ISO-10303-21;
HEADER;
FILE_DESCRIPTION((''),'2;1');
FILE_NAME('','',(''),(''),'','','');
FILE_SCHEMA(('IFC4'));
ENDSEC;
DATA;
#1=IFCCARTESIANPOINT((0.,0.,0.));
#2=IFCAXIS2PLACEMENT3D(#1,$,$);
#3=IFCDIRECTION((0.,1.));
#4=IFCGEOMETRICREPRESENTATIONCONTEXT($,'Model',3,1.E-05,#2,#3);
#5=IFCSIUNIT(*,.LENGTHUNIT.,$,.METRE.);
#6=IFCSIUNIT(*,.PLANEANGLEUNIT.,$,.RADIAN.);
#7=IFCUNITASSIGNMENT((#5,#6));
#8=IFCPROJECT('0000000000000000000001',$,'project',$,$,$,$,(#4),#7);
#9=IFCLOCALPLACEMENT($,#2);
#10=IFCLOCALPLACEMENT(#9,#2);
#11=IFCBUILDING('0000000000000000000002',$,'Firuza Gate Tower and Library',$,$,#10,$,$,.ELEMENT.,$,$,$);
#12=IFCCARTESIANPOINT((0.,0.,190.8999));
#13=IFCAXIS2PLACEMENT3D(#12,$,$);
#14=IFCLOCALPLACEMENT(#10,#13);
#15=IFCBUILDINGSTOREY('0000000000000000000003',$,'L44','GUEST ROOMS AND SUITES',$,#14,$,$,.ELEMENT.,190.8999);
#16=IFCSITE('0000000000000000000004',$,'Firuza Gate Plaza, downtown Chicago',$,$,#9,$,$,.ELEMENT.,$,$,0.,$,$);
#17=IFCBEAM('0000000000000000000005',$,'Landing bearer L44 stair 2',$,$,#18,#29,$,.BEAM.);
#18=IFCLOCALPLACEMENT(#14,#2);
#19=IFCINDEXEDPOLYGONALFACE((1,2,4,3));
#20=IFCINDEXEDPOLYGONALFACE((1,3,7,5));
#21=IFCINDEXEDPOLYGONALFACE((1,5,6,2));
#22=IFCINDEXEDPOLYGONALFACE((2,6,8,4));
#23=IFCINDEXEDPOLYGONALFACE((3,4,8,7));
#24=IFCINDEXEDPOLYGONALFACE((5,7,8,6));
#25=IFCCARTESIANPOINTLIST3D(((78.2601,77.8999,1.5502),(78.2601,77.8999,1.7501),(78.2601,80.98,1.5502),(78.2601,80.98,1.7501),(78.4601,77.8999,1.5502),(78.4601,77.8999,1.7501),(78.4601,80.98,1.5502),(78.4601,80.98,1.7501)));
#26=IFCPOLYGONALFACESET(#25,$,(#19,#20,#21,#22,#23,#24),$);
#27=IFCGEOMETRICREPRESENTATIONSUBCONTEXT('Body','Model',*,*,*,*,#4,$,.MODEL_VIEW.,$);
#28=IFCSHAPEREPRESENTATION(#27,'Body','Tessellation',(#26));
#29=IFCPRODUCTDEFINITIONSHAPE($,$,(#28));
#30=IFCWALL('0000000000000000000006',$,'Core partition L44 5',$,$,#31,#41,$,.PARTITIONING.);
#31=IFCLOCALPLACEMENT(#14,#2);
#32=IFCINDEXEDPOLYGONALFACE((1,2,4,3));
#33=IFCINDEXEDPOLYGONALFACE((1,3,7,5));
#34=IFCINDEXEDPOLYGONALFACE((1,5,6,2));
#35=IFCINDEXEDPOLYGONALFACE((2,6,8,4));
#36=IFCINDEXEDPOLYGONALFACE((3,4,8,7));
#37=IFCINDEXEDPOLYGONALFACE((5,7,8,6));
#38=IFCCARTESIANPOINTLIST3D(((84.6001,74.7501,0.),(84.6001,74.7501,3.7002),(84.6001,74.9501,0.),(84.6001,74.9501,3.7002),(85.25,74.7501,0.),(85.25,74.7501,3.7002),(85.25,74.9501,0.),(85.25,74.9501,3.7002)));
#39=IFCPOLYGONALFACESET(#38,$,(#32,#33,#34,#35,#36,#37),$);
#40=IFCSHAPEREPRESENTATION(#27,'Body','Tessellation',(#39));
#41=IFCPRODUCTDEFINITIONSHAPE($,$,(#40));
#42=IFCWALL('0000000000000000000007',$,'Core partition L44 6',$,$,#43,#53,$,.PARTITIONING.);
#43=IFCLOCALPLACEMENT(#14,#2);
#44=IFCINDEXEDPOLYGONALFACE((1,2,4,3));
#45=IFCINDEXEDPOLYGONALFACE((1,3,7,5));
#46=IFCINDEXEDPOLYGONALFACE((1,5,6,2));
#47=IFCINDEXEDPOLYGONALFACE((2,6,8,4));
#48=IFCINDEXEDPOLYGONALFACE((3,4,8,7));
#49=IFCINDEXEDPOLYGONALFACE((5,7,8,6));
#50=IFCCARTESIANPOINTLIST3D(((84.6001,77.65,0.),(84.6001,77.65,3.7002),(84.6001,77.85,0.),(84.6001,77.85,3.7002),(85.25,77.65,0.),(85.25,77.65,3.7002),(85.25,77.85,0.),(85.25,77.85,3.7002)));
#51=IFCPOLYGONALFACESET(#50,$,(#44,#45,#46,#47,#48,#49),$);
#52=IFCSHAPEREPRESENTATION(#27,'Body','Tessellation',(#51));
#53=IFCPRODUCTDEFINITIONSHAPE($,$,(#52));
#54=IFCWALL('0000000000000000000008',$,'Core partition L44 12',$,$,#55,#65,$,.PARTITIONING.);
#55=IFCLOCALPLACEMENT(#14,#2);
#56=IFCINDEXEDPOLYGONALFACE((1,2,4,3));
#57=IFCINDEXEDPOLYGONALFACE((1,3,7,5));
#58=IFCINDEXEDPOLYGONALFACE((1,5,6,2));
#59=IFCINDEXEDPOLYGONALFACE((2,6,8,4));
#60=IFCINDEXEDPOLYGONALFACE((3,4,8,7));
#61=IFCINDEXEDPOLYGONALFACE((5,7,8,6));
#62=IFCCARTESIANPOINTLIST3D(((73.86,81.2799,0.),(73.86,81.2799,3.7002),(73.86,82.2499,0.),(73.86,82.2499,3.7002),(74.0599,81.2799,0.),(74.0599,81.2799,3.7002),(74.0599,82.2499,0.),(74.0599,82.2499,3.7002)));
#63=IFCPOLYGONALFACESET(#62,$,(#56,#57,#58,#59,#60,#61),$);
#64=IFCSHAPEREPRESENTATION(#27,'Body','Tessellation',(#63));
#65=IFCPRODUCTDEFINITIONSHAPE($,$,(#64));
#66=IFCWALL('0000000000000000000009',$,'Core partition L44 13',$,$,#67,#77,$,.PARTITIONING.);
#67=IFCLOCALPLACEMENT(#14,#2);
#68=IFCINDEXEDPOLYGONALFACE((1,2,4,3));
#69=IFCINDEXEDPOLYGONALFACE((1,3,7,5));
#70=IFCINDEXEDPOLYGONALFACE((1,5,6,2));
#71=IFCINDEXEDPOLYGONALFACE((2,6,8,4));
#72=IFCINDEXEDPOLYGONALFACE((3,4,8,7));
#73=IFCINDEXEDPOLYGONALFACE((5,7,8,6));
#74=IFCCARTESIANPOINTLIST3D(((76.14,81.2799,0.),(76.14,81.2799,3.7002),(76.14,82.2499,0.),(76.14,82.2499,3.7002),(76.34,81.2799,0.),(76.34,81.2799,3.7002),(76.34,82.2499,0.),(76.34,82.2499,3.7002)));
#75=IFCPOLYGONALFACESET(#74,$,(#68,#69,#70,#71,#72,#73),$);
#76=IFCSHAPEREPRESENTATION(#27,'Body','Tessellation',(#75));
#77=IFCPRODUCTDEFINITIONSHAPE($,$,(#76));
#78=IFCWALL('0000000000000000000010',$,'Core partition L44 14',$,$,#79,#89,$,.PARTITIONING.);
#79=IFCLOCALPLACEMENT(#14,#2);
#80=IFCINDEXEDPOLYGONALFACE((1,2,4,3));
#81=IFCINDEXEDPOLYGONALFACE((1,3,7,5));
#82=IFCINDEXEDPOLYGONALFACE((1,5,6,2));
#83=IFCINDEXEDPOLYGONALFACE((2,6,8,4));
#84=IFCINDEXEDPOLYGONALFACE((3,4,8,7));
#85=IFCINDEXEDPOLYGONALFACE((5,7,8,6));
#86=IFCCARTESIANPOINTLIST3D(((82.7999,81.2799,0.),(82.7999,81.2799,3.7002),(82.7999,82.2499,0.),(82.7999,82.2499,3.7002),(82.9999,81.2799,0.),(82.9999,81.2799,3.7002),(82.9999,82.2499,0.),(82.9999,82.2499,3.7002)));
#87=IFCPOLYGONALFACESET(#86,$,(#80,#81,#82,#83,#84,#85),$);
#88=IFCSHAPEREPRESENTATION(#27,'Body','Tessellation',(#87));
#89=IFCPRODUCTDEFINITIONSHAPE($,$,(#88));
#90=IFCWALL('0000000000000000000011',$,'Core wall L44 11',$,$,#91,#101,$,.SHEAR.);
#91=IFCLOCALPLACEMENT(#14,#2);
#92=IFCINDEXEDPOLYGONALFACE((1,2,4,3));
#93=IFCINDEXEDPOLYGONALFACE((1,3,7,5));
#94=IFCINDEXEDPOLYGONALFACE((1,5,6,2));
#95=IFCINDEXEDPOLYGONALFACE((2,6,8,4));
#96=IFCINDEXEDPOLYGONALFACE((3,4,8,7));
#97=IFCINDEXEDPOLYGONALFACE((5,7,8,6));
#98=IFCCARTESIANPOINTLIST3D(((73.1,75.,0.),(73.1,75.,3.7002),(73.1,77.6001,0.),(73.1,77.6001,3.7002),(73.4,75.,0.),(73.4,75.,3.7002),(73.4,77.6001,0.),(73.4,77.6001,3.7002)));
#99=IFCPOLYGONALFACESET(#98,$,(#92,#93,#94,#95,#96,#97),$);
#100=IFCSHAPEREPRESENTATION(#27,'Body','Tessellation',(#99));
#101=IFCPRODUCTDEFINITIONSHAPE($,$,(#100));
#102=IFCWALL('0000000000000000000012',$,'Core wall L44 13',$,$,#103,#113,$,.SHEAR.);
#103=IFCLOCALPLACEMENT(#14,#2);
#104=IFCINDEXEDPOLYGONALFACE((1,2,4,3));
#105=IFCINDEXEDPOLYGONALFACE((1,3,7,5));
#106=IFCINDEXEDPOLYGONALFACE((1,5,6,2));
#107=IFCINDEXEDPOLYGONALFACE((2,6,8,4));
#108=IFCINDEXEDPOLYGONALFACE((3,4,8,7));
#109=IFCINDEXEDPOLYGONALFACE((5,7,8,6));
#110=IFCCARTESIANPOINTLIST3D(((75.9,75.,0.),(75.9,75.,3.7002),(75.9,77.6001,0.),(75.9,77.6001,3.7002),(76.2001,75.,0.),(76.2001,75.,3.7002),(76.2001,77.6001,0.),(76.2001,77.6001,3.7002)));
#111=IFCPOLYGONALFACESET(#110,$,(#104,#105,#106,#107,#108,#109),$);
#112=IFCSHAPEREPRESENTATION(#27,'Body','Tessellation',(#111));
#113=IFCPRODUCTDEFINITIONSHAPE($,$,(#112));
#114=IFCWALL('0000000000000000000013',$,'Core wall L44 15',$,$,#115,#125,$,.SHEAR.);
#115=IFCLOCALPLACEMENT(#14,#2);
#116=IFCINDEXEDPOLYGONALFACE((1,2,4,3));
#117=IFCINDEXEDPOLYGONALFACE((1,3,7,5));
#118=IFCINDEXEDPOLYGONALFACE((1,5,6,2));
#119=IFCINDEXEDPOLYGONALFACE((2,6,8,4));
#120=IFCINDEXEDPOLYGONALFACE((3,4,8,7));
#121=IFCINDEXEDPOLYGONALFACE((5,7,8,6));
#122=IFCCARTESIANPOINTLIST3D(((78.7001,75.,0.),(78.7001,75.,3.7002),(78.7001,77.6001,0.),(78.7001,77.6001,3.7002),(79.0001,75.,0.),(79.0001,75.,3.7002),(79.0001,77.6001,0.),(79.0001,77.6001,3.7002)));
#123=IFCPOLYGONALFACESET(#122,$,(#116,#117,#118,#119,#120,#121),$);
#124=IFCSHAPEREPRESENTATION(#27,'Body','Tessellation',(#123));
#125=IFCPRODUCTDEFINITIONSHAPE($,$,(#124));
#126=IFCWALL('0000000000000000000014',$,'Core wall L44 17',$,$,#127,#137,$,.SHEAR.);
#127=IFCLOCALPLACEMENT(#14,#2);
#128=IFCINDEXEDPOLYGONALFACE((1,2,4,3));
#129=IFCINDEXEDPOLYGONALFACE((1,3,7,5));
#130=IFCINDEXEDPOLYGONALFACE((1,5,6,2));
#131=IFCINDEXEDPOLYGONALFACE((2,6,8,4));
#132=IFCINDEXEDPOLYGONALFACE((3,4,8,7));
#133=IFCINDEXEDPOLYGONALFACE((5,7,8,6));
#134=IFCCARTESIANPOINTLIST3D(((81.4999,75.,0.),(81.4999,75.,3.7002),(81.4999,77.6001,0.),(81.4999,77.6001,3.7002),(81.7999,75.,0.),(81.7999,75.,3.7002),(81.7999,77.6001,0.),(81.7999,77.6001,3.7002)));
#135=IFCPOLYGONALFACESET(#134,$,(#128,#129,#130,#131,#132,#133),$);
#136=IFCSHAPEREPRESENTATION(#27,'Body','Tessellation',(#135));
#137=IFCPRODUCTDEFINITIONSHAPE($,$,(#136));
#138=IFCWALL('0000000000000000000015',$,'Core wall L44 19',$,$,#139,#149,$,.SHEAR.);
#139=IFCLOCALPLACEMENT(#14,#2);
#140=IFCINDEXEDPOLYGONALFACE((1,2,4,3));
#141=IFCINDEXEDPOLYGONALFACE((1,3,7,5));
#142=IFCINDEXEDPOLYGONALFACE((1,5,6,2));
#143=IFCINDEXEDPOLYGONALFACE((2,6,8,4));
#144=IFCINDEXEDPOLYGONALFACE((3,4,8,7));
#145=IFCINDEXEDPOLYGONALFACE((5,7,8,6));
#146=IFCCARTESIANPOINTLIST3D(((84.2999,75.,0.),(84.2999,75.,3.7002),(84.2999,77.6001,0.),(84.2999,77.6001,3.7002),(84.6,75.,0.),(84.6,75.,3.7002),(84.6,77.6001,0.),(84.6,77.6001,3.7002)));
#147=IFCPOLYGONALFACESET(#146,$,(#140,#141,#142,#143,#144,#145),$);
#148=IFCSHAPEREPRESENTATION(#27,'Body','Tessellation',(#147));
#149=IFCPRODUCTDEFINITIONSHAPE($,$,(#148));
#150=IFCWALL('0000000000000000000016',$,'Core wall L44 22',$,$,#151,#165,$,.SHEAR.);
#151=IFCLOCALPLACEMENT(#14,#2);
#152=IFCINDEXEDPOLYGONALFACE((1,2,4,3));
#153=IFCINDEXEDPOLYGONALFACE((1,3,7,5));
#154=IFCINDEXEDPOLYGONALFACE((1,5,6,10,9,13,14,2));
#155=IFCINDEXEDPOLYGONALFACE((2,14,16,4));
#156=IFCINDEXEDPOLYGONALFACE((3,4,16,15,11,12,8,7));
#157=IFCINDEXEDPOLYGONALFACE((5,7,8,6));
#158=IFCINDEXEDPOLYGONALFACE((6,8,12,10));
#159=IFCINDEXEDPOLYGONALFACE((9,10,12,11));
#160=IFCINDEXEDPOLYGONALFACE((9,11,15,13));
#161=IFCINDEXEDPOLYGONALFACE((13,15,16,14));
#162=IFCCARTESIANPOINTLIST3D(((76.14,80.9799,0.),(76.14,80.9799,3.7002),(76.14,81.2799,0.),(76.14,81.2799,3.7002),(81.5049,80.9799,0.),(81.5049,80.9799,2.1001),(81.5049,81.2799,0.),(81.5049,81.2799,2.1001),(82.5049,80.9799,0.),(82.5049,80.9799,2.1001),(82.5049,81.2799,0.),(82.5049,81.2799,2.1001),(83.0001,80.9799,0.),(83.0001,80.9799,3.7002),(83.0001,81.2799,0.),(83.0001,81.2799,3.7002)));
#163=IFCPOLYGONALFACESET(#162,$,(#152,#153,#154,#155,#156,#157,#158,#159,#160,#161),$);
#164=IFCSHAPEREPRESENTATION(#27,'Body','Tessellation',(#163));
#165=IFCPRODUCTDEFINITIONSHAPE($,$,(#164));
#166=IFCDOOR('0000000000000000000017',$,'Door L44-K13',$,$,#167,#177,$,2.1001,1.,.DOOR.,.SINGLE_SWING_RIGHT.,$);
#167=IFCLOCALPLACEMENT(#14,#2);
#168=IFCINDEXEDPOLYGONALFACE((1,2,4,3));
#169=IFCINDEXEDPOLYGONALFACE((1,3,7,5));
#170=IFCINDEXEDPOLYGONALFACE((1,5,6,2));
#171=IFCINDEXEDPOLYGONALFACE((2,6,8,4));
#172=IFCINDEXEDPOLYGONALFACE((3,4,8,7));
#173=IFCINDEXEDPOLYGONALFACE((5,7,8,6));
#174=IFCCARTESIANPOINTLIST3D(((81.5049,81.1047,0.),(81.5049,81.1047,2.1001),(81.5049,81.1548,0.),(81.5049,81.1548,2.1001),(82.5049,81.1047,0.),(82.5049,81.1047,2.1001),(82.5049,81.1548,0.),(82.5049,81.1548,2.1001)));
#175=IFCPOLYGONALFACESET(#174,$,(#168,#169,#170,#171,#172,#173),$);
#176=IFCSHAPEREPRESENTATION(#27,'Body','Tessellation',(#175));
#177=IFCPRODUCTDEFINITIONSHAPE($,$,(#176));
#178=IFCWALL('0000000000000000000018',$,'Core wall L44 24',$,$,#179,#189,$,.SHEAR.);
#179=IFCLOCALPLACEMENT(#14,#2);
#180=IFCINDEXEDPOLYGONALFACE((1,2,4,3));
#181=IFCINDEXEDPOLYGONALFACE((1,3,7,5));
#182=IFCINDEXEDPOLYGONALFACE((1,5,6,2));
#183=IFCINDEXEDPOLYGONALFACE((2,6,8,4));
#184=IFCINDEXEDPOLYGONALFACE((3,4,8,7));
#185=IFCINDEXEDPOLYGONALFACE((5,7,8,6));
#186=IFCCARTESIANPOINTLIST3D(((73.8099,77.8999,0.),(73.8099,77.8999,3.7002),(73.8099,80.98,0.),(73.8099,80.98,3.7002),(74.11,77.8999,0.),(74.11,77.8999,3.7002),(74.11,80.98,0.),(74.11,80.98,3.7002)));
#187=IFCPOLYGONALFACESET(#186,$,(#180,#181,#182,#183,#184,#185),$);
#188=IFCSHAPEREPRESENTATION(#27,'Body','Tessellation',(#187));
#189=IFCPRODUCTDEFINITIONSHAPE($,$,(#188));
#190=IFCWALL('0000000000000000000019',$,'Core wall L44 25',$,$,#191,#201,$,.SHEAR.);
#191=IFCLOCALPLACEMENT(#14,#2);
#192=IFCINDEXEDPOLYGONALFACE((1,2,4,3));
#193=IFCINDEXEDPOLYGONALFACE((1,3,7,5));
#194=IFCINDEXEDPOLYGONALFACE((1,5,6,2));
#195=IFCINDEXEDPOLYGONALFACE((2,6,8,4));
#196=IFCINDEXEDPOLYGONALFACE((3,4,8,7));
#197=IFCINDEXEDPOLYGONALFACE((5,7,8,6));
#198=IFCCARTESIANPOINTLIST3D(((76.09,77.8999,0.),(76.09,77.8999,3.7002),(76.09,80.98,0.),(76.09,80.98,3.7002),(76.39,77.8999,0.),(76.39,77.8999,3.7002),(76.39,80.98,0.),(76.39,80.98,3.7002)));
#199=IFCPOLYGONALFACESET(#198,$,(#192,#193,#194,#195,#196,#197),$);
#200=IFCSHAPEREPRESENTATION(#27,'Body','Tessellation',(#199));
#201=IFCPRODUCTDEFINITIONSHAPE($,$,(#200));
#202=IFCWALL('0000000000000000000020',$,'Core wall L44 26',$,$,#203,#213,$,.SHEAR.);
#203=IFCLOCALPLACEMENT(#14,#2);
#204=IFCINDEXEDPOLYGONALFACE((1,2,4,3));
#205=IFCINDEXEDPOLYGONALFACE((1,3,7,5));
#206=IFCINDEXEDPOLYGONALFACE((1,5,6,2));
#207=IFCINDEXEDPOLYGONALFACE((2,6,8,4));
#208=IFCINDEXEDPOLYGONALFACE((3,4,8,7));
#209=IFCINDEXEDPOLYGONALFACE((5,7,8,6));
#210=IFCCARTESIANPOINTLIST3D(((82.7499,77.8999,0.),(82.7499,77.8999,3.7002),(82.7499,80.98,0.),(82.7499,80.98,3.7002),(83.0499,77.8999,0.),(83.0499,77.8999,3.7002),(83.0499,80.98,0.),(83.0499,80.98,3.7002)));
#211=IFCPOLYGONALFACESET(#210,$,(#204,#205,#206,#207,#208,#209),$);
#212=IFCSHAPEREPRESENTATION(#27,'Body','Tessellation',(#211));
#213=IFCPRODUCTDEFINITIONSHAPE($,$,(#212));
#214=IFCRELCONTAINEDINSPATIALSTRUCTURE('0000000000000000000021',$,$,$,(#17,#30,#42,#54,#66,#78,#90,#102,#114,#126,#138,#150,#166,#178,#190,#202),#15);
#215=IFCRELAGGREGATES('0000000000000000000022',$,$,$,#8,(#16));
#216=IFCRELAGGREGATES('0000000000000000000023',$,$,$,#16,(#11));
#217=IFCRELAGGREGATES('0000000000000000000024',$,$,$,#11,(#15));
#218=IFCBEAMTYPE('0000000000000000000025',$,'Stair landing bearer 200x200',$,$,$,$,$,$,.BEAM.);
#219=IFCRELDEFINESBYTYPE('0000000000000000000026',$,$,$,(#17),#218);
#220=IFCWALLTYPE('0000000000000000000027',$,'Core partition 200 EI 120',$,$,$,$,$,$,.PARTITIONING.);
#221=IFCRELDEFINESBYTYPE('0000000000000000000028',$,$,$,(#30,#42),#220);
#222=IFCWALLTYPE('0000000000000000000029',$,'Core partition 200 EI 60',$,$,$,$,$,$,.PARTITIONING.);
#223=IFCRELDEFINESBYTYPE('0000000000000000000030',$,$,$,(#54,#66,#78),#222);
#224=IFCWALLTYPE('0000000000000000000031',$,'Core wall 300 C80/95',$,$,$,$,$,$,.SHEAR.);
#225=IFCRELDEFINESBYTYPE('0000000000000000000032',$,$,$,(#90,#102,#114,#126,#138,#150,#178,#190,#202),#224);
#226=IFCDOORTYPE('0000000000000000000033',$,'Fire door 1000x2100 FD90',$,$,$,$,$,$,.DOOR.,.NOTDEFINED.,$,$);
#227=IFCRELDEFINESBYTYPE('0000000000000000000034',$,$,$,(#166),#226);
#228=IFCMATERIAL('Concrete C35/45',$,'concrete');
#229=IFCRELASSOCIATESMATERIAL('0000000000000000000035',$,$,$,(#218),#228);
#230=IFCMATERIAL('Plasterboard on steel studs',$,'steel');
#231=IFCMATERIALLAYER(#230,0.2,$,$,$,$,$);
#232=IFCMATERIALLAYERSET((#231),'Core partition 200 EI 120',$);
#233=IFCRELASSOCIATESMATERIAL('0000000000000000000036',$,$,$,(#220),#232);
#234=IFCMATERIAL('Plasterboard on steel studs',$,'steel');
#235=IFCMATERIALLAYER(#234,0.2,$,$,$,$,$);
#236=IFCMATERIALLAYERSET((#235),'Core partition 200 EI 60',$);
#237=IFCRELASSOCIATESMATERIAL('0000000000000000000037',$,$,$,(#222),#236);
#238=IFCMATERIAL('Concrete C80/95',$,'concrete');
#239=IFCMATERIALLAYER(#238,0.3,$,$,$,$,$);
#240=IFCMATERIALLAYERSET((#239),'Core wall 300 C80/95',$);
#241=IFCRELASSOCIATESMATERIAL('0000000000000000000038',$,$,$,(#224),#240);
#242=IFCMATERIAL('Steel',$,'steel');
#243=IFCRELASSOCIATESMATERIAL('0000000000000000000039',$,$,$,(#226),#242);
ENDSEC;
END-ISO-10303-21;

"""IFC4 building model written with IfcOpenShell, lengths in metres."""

from ifc_helpers import new_model, si_unit, direction, frame, frame_2d, origin, origin_2d, place, context, subcontext, project, spatial, rectangle, extrude, material, layer, layer_set, material_profile, profile_set, type_object, element, fill, save


model = new_model("IFC4")

# Units and contexts
model_context = context("Model", 3, precision=1e-05, world=origin(), true_north=direction((0.0, 1.0)))
body_context = subcontext(model_context, "Body", "Model", "MODEL_VIEW")
ifc_project = project(units=[si_unit("LENGTHUNIT", "METRE"), si_unit("PLANEANGLEUNIT", "RADIAN")], contexts=[model_context])

# Site, building, storey
site_placement = place(None, origin())
site = spatial("IfcSite", under=ifc_project, at=site_placement, Name="Firuza Gate Plaza, downtown Chicago", CompositionType="ELEMENT", RefElevation=0.0)
building_placement = place(site_placement, origin())
building = spatial("IfcBuilding", under=site, at=building_placement, Name="Firuza Gate Tower and Library", CompositionType="ELEMENT")
storey_placement = place(building_placement, frame((0.0, 0.0, 190.8999)))
storey = spatial("IfcBuildingStorey", under=building, at=storey_placement, Name="L44", Description="GUEST ROOMS AND SUITES", CompositionType="ELEMENT", Elevation=190.8999)

# Beam
ifc_material_1 = material(Name="Concrete C35/45", Category="concrete")
ifc_material_profile = material_profile(ifc_material_1, rectangle(XDim=0.2, YDim=0.2, at=origin_2d()))
ifc_profile_set = profile_set([ifc_material_profile], Name="Concrete C35/45")
beam_type = type_object("IfcBeamType", Name="Stair landing bearer 200x200", PredefinedType="BEAM", material=ifc_profile_set)
beam_placement = place(storey_placement, frame((78.3601, 80.98, 1.6501), z_axis=(0.0, -1.0, 0.0), x_axis=(1.0, 0.0, 0.0)))
element("IfcBeam", 1, at=beam_placement, inside=storey, type_object=beam_type, Name="Landing bearer L44 stair 2", PredefinedType="BEAM", context=body_context, shape_type="SweptSolid", body=[
    extrude(rectangle(XDim=0.2, YDim=0.2, at=origin_2d()), origin(), (0.0, 0.0, 1.0), 3.0801),
])

# Walls
ifc_material_2 = material(Name="Plasterboard on steel studs", Category="steel")
ifc_layer_1 = layer(ifc_material_2, 0.2)
ifc_layer_set_1 = layer_set([ifc_layer_1], Name="Core partition 200 EI 120")
wall_type_1 = type_object("IfcWallType", Name="Core partition 200 EI 120", PredefinedType="PARTITIONING", material=ifc_layer_set_1)
for number, where, z_axis, x_axis, name in (
    (2, (84.6001, 74.8501, 0.0), (0.0, 0.0, 1.0), (1.0, 0.0, 0.0), "Core partition L44 5"),
    (3, (84.6001, 77.75, 0.0), (0.0, 0.0, 1.0), (1.0, 0.0, 0.0), "Core partition L44 6"),
):
    element("IfcWall", number, at=place(storey_placement, frame(where, z_axis=z_axis, x_axis=x_axis)), inside=storey, type_object=wall_type_1, Name=name, PredefinedType="PARTITIONING", context=body_context, shape_type="SweptSolid", body=[
        extrude(rectangle(XDim=0.6499, YDim=0.2, at=frame_2d((0.325, 0.0))), origin(), (0.0, 0.0, 1.0), 3.7002),
    ])
ifc_material_3 = material(Name="Plasterboard on steel studs", Category="steel")
ifc_layer_2 = layer(ifc_material_3, 0.2)
ifc_layer_set_2 = layer_set([ifc_layer_2], Name="Core partition 200 EI 60")
wall_type_2 = type_object("IfcWallType", Name="Core partition 200 EI 60", PredefinedType="PARTITIONING", material=ifc_layer_set_2)
for number, where, z_axis, x_axis, name in (
    (4, (73.96, 81.28, 0.0), (0.0, 0.0, 1.0), (0.0, 1.0, 0.0), "Core partition L44 12"),
    (5, (76.24, 81.28, 0.0), (0.0, 0.0, 1.0), (0.0, 1.0, 0.0), "Core partition L44 13"),
    (6, (82.8999, 81.28, 0.0), (0.0, 0.0, 1.0), (0.0, 1.0, 0.0), "Core partition L44 14"),
):
    element("IfcWall", number, at=place(storey_placement, frame(where, z_axis=z_axis, x_axis=x_axis)), inside=storey, type_object=wall_type_2, Name=name, PredefinedType="PARTITIONING", context=body_context, shape_type="SweptSolid", body=[
        extrude(rectangle(XDim=0.97, YDim=0.2, at=frame_2d((0.4849, 0.0))), origin(), (0.0, 0.0, 1.0), 3.7002),
    ])
ifc_material_4 = material(Name="Concrete C80/95", Category="concrete")
ifc_layer_3 = layer(ifc_material_4, 0.3)
ifc_layer_set_3 = layer_set([ifc_layer_3], Name="Core wall 300 C80/95")
wall_type_3 = type_object("IfcWallType", Name="Core wall 300 C80/95", PredefinedType="SHEAR", material=ifc_layer_set_3)
for number, where, z_axis, x_axis, name in (
    (7, (73.25, 75.0, 0.0), (0.0, 0.0, 1.0), (0.0, 1.0, 0.0), "Core wall L44 11"),
    (8, (76.05, 75.0, 0.0), (0.0, 0.0, 1.0), (0.0, 1.0, 0.0), "Core wall L44 13"),
    (9, (78.8501, 75.0, 0.0), (0.0, 0.0, 1.0), (0.0, 1.0, 0.0), "Core wall L44 15"),
    (10, (81.6499, 75.0, 0.0), (0.0, 0.0, 1.0), (0.0, 1.0, 0.0), "Core wall L44 17"),
    (11, (84.45, 75.0, 0.0), (0.0, 0.0, 1.0), (0.0, 1.0, 0.0), "Core wall L44 19"),
):
    element("IfcWall", number, at=place(storey_placement, frame(where, z_axis=z_axis, x_axis=x_axis)), inside=storey, type_object=wall_type_3, Name=name, PredefinedType="SHEAR", context=body_context, shape_type="SweptSolid", body=[
        extrude(rectangle(XDim=2.6001, YDim=0.3, at=frame_2d((1.3, 0.0))), origin(), (0.0, 0.0, 1.0), 3.7002),
    ])

# Wall, opening, door
wall_1_placement = place(storey_placement, frame((76.1399, 81.1299, 0.0), z_axis=(0.0, 0.0, 1.0), x_axis=(1.0, 0.0, 0.0)))
wall_1 = element("IfcWall", 12, at=wall_1_placement, inside=storey, type_object=wall_type_3, Name="Core wall L44 22", PredefinedType="SHEAR", context=body_context, shape_type="SweptSolid", body=[
    extrude(rectangle(XDim=6.8601, YDim=0.3, at=frame_2d((3.4302, 0.0))), origin(), (0.0, 0.0, 1.0), 3.7002),
])
opening_1_placement = place(wall_1_placement, frame((5.365, 0.0, 0.0)))
opening_1 = element("IfcOpeningElement", 13, at=opening_1_placement, cuts=wall_1, PredefinedType="OPENING", context=body_context, shape_type="SweptSolid", body=[
    extrude(rectangle(XDim=1.0, YDim=2.1001, at=frame_2d((0.5, 1.05))), frame((0.0, 0.1602, 0.0), z_axis=(0.0, -1.0, 0.0), x_axis=(1.0, 0.0, 0.0)), (0.0, 0.0, 1.0), 0.3201),
])
ifc_material_5 = material(Name="Steel", Category="steel")
door_type_1 = type_object("IfcDoorType", Name="Fire door 1000x2100 FD90", OperationType="NOTDEFINED", PredefinedType="DOOR", material=ifc_material_5)
door_1_placement = place(opening_1_placement, origin())
door_1 = element("IfcDoor", 14, at=door_1_placement, inside=storey, type_object=door_type_1, Name="Door L44-K13", OperationType="SINGLE_SWING_RIGHT", OverallHeight=2.1001, OverallWidth=1.0, PredefinedType="DOOR", context=body_context, shape_type="SweptSolid", body=[
    extrude(rectangle(XDim=1.0, YDim=2.1001, at=frame_2d((0.5, 1.05))), frame((0.0, 0.0249, 0.0), z_axis=(0.0, -1.0, 0.0), x_axis=(1.0, 0.0, 0.0)), (0.0, 0.0, 1.0), 0.05),
])
fill(opening_1, door_1)

# Walls
for number, where, z_axis, x_axis, name in (
    (15, (73.96, 77.8999, 0.0), (0.0, 0.0, 1.0), (0.0, 1.0, 0.0), "Core wall L44 24"),
    (16, (76.24, 77.8999, 0.0), (0.0, 0.0, 1.0), (0.0, 1.0, 0.0), "Core wall L44 25"),
    (17, (82.8999, 77.8999, 0.0), (0.0, 0.0, 1.0), (0.0, 1.0, 0.0), "Core wall L44 26"),
):
    element("IfcWall", number, at=place(storey_placement, frame(where, z_axis=z_axis, x_axis=x_axis)), inside=storey, type_object=wall_type_3, Name=name, PredefinedType="SHEAR", context=body_context, shape_type="SweptSolid", body=[
        extrude(rectangle(XDim=3.0801, YDim=0.3, at=frame_2d((1.54, 0.0))), origin(), (0.0, 0.0, 1.0), 3.7002),
    ])

save(model, "model.ifc")
